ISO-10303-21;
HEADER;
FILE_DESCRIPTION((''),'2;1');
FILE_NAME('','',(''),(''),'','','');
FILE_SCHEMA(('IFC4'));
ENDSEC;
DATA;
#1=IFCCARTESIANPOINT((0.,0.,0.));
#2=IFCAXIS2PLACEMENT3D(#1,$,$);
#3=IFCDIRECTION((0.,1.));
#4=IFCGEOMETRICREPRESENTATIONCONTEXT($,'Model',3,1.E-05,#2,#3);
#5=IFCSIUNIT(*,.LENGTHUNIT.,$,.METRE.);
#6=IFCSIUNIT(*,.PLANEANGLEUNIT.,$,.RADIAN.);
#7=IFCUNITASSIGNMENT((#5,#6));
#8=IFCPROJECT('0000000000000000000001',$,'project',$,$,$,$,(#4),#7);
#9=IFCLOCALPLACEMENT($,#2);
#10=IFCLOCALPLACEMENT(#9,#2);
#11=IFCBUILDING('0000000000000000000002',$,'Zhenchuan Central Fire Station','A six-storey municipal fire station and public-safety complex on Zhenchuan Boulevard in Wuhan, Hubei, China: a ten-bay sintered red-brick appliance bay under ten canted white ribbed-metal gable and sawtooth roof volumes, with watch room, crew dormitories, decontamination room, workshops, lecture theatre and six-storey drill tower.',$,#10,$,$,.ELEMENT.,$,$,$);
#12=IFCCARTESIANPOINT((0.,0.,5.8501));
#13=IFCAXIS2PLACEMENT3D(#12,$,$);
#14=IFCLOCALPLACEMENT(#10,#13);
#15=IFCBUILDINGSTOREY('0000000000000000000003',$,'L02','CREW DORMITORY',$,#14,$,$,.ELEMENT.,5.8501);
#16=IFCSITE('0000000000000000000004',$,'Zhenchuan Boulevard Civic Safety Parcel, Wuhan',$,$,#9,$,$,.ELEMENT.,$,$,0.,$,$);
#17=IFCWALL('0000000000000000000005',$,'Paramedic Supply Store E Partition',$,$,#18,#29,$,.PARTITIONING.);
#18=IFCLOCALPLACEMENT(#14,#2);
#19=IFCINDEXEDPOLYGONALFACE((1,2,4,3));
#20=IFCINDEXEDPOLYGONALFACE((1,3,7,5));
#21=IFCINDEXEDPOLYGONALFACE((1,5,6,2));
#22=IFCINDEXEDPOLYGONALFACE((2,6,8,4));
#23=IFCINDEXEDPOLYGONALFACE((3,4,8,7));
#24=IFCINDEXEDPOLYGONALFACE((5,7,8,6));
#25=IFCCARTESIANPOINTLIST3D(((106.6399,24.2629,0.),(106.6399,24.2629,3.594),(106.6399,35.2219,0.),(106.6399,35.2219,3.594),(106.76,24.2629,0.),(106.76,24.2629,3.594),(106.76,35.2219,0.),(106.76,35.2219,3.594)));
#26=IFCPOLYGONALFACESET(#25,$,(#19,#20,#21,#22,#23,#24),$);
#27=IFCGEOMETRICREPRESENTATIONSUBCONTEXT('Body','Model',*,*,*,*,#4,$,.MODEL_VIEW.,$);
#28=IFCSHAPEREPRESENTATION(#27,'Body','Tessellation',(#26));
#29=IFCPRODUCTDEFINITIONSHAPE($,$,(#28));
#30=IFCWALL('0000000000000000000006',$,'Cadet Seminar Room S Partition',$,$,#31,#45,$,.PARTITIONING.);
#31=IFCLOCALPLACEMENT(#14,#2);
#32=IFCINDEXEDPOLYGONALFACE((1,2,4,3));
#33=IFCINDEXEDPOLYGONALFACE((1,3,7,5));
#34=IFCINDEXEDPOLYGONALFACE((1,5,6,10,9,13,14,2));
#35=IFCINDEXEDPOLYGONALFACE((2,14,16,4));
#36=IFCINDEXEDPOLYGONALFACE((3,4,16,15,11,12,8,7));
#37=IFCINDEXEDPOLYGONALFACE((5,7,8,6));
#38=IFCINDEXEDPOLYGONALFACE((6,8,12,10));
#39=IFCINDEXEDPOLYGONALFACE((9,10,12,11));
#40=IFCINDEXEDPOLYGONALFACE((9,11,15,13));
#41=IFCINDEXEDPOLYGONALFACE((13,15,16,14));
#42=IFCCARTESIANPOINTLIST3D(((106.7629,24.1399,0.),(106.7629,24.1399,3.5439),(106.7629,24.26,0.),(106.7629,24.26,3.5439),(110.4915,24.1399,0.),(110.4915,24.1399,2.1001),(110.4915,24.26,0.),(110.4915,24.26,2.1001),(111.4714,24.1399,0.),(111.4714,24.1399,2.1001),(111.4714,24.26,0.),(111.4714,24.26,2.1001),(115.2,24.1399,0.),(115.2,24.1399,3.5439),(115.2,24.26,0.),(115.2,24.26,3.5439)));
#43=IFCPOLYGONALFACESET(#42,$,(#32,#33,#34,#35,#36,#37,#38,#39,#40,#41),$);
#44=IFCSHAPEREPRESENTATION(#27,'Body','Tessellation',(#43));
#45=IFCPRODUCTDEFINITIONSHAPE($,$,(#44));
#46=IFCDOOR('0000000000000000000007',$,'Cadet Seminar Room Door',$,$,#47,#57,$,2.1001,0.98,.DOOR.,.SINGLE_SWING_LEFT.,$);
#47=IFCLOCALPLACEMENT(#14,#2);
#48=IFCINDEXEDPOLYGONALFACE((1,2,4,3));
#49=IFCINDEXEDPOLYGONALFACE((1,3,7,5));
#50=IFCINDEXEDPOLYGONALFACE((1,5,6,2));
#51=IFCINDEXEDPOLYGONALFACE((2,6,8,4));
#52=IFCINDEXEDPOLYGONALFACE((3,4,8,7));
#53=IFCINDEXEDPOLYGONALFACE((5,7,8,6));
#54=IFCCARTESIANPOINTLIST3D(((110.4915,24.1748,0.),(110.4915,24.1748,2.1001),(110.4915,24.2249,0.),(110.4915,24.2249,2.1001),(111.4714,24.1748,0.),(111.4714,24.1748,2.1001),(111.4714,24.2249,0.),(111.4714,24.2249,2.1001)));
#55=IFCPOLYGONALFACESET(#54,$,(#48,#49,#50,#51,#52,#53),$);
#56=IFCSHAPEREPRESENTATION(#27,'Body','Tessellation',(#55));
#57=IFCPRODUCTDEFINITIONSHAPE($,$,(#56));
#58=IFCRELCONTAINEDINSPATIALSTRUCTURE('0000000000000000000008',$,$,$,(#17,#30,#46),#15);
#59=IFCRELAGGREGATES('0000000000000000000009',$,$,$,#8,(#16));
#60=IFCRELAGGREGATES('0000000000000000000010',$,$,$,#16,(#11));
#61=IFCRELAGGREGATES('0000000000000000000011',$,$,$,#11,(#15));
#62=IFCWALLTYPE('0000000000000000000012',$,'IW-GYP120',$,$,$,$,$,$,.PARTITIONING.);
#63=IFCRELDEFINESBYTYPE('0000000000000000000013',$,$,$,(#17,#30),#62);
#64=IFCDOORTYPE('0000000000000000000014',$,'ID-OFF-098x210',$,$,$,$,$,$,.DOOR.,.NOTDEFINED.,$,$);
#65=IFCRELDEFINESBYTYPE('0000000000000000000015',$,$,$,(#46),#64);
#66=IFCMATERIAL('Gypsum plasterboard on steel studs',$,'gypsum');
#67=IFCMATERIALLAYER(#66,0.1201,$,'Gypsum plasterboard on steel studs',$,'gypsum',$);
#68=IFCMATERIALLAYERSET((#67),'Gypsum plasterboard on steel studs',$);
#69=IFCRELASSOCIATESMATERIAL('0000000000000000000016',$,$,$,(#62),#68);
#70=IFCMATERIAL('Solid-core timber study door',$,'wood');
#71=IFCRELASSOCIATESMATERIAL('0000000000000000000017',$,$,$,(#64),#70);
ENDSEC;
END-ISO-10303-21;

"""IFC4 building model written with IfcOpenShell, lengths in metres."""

from ifc_helpers import new_model, si_unit, direction, frame, frame_2d, origin, place, context, subcontext, project, spatial, rectangle, extrude, material, layer, layer_set, type_object, element, fill, save


model = new_model("IFC4")

# Units and contexts
model_context = context("Model", 3, precision=1e-05, world=origin(), true_north=direction((0.0, 1.0)))
body_context = subcontext(model_context, "Body", "Model", "MODEL_VIEW")
ifc_project = project(units=[si_unit("LENGTHUNIT", "METRE"), si_unit("PLANEANGLEUNIT", "RADIAN")], contexts=[model_context])

# Site, building, storey
site_placement = place(None, origin())
site = spatial("IfcSite", under=ifc_project, at=site_placement, Name="Zhenchuan Boulevard Civic Safety Parcel, Wuhan", CompositionType="ELEMENT", RefElevation=0.0)
building_placement = place(site_placement, origin())
building = spatial("IfcBuilding", under=site, at=building_placement, Name="Zhenchuan Central Fire Station", Description="A six-storey municipal fire station and public-safety complex on Zhenchuan Boulevard in Wuhan, Hubei, China: a ten-bay sintered red-brick appliance bay under ten canted white ribbed-metal gable and sawtooth roof volumes, with watch room, crew dormitories, decontamination room, workshops, lecture theatre and six-storey drill tower.", CompositionType="ELEMENT")
storey_placement = place(building_placement, frame((0.0, 0.0, 5.8501)))
storey = spatial("IfcBuildingStorey", under=building, at=storey_placement, Name="L02", Description="CREW DORMITORY", CompositionType="ELEMENT", Elevation=5.8501)

# Shared definitions
ifc_material_1 = material(Name="Gypsum plasterboard on steel studs", Category="gypsum")

# Wall
ifc_layer_1 = layer(ifc_material_1, 0.1201, Name="Gypsum plasterboard on steel studs", Category="gypsum")
ifc_layer_set_1 = layer_set([ifc_layer_1], Name="Gypsum plasterboard on steel studs")
wall_type_1 = type_object("IfcWallType", Name="IW-GYP120", PredefinedType="PARTITIONING", material=ifc_layer_set_1)
for number, where, z_axis, x_axis, name in (
    (1, (106.7, 24.2629, 0.0), (0.0, 0.0, 1.0), (0.0, 1.0, 0.0), "Paramedic Supply Store E Partition"),
):
    element("IfcWall", number, at=place(storey_placement, frame(where, z_axis=z_axis, x_axis=x_axis)), inside=storey, type_object=wall_type_1, Name=name, PredefinedType="PARTITIONING", context=body_context, shape_type="SweptSolid", body=[
        extrude(rectangle(XDim=10.959, YDim=0.1201, at=frame_2d((5.4795, 0.0))), origin(), (0.0, 0.0, 1.0), 3.594),
    ])

# Wall, opening, door
wall_1_placement = place(storey_placement, frame((106.7629, 24.2, 0.0), z_axis=(0.0, 0.0, 1.0), x_axis=(1.0, 0.0, 0.0)))
wall_1 = element("IfcWall", 2, at=wall_1_placement, inside=storey, type_object=wall_type_1, Name="Cadet Seminar Room S Partition", PredefinedType="PARTITIONING", context=body_context, shape_type="SweptSolid", body=[
    extrude(rectangle(XDim=8.437, YDim=0.1201, at=frame_2d((4.2185, 0.0))), origin(), (0.0, 0.0, 1.0), 3.5439),
])
opening_1_placement = place(wall_1_placement, frame((3.7285, 0.0, 0.0)))
opening_1 = element("IfcOpeningElement", 3, at=opening_1_placement, cuts=wall_1, PredefinedType="OPENING", context=body_context, shape_type="SweptSolid", body=[
    extrude(rectangle(XDim=0.98, YDim=2.1001, at=frame_2d((0.49, 1.05))), frame((0.0, 0.0701, 0.0), z_axis=(0.0, -1.0, 0.0), x_axis=(1.0, 0.0, 0.0)), (0.0, 0.0, 1.0), 0.1401),
])
ifc_material_2 = material(Name="Solid-core timber study door", Category="wood")
door_type_1 = type_object("IfcDoorType", Name="ID-OFF-098x210", OperationType="NOTDEFINED", PredefinedType="DOOR", material=ifc_material_2)
door_1_placement = place(opening_1_placement, origin())
door_1 = element("IfcDoor", 4, at=door_1_placement, inside=storey, type_object=door_type_1, Name="Cadet Seminar Room Door", OperationType="SINGLE_SWING_LEFT", OverallHeight=2.1001, OverallWidth=0.98, PredefinedType="DOOR", context=body_context, shape_type="SweptSolid", body=[
    extrude(rectangle(XDim=0.98, YDim=2.1001, at=frame_2d((0.49, 1.05))), frame((0.0, 0.0249, 0.0), z_axis=(0.0, -1.0, 0.0), x_axis=(1.0, 0.0, 0.0)), (0.0, 0.0, 1.0), 0.05),
])
fill(opening_1, door_1)

save(model, "model.ifc")
